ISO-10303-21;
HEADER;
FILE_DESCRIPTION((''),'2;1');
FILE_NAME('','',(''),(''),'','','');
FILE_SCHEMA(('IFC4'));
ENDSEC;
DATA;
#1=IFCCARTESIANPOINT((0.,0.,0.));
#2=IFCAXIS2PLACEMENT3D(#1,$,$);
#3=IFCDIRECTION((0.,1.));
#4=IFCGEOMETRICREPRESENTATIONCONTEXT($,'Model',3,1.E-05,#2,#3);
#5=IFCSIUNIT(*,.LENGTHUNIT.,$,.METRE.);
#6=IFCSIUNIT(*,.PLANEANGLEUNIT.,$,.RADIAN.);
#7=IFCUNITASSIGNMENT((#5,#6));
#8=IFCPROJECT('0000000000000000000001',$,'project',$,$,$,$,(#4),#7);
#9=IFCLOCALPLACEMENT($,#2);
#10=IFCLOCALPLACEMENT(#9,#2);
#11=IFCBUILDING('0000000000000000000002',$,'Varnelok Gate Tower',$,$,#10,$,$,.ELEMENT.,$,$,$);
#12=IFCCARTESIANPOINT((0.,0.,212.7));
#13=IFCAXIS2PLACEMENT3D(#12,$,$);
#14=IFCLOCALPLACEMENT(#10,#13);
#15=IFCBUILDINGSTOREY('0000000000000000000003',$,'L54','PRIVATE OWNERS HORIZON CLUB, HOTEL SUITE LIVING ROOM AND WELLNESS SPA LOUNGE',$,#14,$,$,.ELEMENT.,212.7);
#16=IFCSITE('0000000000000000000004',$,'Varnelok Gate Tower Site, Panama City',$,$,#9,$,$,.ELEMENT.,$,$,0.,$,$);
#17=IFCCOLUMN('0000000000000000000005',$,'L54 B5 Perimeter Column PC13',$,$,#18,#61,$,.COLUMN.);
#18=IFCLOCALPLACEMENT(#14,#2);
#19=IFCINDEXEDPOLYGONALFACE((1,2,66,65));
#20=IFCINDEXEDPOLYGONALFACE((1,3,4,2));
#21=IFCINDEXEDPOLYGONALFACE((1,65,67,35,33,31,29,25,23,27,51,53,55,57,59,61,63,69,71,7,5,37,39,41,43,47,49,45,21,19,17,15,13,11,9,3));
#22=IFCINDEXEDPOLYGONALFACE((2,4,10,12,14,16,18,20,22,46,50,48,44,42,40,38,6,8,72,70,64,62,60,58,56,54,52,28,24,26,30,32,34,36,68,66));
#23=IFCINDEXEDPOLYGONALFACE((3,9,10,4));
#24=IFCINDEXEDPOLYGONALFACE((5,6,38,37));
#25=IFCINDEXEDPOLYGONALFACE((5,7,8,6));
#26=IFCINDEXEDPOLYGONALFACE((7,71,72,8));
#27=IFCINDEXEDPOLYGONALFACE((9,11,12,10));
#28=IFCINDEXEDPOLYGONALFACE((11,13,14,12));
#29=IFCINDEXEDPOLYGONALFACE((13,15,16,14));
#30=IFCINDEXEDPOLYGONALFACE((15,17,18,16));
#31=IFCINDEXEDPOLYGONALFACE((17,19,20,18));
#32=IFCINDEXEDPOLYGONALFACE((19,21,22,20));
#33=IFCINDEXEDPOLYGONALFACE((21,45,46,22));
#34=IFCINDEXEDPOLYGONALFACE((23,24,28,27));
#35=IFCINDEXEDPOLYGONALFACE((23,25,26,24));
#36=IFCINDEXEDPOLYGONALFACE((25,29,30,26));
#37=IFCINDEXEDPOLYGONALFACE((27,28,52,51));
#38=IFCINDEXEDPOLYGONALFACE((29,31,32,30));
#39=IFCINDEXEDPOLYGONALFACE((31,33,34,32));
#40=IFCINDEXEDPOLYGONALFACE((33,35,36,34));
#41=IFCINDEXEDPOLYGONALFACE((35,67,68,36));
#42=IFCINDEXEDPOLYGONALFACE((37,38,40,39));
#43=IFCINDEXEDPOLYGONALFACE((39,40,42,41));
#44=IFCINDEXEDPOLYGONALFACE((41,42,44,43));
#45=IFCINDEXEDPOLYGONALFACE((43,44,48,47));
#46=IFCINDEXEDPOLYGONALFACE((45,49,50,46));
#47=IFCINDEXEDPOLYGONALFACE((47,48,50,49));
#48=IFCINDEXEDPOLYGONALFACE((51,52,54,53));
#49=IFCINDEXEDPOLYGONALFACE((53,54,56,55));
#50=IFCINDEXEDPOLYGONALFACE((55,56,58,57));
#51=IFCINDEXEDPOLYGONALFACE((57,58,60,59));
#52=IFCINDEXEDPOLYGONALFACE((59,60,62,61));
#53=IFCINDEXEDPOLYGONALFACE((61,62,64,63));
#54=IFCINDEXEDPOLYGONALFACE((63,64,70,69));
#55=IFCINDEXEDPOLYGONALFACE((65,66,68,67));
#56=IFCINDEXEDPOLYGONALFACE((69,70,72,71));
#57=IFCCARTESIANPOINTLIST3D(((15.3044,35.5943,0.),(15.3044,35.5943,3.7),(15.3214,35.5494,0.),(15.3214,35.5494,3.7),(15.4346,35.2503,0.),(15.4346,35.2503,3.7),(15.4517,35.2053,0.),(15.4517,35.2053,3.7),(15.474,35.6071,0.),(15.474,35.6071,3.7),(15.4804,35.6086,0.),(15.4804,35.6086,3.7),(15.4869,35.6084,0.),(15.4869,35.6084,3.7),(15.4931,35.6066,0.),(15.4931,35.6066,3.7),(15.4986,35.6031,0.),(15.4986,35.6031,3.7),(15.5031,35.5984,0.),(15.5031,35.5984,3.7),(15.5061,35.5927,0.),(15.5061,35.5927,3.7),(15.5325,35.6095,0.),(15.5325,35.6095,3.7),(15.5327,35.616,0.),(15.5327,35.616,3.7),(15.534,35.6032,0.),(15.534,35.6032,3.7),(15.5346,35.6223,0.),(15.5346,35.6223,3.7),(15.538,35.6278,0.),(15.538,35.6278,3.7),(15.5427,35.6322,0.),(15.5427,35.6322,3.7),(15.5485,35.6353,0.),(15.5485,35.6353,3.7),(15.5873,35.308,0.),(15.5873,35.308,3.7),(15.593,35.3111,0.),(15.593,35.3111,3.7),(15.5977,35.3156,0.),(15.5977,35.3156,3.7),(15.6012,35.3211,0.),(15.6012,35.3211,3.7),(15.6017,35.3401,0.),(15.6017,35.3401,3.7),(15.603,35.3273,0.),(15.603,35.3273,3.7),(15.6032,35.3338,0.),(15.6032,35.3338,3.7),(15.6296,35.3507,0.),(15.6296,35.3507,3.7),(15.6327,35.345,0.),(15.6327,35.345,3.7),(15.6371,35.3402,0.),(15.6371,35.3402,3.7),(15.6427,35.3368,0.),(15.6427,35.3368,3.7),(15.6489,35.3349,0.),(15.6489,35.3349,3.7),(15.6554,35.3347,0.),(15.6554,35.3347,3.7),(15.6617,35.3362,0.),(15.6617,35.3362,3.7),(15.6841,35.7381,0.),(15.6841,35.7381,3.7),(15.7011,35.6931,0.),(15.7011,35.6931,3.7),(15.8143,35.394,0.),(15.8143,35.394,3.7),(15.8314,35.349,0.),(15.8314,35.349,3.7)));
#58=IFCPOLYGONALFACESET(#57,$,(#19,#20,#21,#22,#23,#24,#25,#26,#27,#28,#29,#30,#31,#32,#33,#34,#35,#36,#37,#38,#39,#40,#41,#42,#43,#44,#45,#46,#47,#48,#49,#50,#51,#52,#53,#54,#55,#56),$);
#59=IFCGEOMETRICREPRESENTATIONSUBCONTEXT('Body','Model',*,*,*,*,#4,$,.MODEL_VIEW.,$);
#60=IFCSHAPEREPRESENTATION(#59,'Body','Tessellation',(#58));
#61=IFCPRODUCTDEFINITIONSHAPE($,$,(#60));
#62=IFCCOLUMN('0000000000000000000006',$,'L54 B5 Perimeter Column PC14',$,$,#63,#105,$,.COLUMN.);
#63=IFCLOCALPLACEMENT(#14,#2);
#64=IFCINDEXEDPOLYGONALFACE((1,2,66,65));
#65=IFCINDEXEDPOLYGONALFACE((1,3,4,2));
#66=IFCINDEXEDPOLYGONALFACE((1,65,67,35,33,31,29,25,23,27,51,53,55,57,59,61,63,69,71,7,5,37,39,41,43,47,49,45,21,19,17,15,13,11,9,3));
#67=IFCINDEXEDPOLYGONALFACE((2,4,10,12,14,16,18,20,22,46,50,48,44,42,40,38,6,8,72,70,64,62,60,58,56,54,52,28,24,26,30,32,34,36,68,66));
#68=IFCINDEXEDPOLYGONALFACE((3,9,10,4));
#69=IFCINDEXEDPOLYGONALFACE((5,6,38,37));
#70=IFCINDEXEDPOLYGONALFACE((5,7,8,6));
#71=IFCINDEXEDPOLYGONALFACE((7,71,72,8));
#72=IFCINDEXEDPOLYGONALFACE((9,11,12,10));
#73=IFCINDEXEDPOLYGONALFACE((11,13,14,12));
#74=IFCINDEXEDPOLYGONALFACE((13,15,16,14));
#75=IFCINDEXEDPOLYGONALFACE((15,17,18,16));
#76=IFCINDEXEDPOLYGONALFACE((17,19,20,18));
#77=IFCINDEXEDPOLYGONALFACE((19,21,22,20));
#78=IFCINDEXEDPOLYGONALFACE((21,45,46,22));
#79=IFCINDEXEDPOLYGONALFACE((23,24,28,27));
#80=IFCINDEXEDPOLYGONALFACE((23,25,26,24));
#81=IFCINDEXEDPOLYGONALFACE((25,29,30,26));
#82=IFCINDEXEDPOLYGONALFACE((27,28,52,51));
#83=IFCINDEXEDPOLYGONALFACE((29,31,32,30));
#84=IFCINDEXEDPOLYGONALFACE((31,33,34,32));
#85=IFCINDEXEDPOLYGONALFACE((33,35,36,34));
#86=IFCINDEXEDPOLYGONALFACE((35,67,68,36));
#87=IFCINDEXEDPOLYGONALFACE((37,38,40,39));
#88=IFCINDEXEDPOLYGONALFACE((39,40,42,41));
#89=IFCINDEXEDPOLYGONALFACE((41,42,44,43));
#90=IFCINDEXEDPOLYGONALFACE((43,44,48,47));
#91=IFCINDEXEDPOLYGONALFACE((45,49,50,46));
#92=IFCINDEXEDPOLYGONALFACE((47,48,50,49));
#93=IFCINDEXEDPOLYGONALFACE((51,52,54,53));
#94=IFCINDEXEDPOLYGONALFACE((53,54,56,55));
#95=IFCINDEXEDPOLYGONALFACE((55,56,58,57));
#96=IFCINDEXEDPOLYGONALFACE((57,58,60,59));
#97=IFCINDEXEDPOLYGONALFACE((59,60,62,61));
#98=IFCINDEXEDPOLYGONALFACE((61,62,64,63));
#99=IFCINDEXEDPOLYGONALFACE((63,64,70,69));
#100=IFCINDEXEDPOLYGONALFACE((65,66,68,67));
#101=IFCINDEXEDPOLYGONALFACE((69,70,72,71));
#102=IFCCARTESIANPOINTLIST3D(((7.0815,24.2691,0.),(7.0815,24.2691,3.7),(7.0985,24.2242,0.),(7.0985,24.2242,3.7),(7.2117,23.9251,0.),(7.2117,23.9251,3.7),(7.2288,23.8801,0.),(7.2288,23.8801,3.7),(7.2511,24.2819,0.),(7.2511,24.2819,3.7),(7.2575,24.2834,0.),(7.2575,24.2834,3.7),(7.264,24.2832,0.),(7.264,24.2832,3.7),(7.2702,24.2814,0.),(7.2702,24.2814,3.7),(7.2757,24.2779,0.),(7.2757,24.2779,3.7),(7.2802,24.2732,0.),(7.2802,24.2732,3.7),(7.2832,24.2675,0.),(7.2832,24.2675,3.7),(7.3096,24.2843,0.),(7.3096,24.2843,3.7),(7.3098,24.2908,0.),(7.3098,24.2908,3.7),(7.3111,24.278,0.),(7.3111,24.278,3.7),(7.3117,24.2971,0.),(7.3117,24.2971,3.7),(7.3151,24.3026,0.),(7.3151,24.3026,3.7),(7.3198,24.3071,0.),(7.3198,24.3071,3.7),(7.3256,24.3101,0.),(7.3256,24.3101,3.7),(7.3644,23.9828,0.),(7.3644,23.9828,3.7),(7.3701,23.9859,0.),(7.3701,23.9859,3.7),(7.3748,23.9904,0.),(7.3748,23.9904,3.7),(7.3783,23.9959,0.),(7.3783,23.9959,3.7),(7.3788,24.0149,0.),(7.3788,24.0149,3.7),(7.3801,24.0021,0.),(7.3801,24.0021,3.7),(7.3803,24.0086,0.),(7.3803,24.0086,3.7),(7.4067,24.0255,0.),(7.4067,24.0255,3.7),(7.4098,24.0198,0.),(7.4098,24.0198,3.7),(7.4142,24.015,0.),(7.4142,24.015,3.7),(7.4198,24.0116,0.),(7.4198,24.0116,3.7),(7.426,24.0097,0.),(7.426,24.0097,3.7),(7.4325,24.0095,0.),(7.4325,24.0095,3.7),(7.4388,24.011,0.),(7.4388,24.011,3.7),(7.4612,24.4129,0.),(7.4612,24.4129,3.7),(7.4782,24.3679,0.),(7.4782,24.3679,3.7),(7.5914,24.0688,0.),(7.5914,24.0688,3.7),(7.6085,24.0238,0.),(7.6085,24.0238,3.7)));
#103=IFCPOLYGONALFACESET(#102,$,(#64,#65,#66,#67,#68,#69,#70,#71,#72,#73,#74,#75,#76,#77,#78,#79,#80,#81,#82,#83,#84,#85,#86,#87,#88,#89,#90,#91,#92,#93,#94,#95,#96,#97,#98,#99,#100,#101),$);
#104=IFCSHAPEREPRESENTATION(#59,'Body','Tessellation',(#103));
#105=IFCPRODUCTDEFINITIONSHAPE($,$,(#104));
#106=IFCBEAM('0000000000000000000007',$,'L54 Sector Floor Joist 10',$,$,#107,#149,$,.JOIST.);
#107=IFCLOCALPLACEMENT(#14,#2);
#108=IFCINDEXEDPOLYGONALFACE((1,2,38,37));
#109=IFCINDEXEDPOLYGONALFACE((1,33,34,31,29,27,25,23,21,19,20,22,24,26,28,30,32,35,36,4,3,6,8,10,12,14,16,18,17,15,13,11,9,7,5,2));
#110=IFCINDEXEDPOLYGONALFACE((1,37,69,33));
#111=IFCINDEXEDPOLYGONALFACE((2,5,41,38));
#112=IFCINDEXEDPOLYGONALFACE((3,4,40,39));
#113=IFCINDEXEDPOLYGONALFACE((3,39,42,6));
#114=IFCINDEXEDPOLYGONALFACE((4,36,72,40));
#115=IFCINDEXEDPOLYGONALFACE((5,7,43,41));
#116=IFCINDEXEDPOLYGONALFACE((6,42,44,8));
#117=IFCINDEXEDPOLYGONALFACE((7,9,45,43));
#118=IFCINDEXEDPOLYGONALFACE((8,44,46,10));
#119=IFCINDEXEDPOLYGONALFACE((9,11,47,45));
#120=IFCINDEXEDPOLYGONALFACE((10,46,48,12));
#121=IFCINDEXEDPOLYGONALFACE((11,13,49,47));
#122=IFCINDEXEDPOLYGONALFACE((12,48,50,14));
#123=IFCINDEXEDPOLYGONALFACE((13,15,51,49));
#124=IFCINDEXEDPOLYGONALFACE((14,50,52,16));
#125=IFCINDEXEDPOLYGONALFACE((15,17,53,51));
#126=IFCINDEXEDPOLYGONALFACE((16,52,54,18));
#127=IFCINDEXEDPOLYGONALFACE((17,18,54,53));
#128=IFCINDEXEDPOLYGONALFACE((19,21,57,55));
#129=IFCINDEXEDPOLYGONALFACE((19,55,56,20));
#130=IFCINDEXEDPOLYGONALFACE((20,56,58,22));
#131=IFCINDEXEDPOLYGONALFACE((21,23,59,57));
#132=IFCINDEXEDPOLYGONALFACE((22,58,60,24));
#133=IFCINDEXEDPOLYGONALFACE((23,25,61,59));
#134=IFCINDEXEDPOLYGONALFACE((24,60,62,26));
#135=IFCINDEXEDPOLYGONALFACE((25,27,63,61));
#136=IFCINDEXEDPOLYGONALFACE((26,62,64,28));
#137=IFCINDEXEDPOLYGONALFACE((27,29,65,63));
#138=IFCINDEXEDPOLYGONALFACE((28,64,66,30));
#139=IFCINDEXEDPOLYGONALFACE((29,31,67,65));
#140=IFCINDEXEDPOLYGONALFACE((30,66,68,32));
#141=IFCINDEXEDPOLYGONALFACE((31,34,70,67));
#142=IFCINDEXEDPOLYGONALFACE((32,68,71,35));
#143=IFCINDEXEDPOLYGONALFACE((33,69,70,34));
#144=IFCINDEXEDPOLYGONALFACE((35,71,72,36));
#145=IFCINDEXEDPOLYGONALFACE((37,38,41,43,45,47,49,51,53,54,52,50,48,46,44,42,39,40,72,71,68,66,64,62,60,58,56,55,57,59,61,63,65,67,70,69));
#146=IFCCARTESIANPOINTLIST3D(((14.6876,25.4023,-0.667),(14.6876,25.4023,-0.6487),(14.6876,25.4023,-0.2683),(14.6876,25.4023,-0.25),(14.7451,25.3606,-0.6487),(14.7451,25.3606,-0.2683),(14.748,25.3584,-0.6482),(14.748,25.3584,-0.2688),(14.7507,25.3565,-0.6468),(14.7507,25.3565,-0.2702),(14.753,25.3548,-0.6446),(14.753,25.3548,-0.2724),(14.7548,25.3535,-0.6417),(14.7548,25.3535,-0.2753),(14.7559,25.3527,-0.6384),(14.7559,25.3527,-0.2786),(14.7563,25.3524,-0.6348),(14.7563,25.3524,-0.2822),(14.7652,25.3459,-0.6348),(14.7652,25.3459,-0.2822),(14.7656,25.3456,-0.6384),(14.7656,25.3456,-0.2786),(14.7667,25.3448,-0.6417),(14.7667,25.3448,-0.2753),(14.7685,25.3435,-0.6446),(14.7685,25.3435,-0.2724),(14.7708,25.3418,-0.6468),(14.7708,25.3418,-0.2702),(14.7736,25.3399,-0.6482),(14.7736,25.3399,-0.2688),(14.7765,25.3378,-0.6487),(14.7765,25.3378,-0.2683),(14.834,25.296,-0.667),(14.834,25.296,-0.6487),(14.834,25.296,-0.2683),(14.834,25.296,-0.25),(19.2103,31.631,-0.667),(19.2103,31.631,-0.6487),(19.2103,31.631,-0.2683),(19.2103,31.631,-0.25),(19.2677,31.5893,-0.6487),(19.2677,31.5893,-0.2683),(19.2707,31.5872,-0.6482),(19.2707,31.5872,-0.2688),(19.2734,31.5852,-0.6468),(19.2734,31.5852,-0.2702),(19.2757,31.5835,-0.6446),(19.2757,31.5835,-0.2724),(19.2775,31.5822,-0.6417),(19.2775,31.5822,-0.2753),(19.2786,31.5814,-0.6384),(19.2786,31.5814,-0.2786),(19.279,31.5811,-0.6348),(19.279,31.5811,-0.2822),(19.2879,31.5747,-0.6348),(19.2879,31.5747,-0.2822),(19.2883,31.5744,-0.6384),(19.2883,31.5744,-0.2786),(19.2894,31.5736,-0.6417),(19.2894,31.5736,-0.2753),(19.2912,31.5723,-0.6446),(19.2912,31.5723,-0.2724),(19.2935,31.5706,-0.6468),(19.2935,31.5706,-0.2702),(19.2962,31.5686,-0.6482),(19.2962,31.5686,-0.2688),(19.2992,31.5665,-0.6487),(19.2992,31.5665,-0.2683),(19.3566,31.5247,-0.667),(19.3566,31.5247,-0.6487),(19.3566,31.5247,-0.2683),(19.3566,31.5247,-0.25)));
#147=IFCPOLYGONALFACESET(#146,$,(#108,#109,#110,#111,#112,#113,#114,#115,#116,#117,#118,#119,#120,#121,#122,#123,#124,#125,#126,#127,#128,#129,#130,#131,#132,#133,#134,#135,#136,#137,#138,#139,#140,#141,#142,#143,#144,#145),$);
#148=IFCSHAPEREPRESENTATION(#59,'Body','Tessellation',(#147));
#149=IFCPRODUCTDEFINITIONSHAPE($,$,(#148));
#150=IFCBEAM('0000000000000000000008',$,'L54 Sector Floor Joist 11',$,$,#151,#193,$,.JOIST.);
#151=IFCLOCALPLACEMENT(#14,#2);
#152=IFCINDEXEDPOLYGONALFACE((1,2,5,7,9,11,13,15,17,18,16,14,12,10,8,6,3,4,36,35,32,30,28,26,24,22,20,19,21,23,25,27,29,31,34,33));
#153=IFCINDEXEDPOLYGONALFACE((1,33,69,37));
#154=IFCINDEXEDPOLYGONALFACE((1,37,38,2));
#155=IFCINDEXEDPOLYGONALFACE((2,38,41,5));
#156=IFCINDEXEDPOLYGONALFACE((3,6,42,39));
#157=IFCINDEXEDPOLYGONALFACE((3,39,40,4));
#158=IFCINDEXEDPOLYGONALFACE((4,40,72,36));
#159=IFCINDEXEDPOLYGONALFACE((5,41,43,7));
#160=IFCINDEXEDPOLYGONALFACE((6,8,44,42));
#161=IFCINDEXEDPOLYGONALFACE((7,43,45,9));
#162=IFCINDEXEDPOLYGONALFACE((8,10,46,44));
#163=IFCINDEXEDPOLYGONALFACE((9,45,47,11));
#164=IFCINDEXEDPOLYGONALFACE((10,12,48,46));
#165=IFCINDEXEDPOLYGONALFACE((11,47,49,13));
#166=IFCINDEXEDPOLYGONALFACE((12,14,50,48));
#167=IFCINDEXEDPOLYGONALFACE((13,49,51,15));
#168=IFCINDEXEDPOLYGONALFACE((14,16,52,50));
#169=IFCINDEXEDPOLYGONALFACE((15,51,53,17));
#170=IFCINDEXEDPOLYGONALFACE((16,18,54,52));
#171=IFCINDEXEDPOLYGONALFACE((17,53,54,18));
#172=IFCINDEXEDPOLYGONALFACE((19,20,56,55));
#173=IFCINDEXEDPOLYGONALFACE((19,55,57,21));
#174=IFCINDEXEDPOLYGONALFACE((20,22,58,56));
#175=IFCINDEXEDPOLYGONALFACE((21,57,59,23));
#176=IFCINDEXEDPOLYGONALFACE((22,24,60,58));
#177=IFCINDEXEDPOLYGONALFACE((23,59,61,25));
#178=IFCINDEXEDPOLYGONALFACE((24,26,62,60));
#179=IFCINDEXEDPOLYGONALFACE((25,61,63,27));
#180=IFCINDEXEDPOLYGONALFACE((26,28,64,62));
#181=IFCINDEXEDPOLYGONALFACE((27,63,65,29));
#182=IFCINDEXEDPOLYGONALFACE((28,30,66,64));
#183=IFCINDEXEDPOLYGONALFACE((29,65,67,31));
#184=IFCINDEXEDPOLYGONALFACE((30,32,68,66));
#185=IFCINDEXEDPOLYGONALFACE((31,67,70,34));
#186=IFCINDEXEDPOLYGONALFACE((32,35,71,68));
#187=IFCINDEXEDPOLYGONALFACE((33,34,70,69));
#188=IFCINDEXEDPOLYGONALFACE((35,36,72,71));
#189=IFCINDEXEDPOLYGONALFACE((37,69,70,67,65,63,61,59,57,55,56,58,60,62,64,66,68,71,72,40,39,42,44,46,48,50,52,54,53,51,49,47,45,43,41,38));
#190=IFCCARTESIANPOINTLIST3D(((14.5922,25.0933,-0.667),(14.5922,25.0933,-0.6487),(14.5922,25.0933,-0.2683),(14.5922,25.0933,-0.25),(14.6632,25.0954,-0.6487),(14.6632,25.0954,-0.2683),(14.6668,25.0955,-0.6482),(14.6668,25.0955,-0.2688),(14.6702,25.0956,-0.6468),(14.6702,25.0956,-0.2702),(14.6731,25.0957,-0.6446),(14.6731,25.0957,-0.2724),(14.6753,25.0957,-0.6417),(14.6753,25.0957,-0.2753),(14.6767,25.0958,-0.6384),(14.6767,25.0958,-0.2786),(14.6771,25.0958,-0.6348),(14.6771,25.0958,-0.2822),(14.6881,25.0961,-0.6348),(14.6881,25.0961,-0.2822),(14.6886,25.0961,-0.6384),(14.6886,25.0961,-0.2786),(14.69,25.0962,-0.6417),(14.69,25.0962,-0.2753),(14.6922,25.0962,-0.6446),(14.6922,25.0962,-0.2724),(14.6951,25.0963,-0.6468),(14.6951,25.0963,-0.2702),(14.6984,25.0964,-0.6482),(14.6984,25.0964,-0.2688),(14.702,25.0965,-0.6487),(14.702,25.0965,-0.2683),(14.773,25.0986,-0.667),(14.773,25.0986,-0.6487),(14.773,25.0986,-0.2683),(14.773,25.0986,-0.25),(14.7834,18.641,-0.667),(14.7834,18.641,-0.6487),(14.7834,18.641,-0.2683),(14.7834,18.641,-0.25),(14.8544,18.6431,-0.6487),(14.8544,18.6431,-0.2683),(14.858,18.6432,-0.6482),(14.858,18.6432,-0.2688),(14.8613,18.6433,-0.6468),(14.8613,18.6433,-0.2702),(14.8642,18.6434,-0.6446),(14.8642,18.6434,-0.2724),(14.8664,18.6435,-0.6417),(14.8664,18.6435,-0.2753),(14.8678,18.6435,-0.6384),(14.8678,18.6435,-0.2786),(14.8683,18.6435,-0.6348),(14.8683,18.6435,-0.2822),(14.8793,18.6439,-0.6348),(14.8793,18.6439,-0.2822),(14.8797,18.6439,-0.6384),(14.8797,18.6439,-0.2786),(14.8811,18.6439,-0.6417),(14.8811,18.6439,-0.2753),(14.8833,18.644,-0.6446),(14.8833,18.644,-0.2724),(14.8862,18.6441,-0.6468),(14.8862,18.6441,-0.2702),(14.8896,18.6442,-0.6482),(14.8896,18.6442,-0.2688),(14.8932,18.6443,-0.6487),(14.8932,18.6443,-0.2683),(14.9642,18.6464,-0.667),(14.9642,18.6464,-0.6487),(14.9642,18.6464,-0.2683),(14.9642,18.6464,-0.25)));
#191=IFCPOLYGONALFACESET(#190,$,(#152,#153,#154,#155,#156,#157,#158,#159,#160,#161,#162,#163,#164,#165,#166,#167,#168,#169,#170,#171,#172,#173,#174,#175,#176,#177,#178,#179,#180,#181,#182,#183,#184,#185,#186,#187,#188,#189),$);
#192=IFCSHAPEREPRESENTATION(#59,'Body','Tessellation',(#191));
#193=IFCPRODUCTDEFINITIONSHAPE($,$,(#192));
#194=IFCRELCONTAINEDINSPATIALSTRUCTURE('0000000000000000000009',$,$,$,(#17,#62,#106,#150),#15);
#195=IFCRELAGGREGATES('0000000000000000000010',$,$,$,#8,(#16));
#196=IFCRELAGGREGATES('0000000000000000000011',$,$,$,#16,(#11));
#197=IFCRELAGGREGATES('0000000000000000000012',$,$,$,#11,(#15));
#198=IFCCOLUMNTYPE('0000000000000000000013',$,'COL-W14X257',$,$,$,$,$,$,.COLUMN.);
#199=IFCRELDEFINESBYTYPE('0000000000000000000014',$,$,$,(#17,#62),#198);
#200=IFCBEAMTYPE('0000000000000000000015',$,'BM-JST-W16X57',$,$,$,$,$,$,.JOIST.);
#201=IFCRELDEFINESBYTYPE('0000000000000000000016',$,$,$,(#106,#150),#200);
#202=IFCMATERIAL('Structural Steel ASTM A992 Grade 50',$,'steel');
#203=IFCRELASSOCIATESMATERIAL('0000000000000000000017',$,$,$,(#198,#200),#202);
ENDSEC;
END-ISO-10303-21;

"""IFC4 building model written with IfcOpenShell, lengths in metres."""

from ifc_helpers import new_model, si_unit, direction, frame, origin, origin_2d, place, context, subcontext, project, spatial, i_section, extrude, material, material_profile, profile_set, type_object, element, save


model = new_model("IFC4")

# Units and contexts
model_context = context("Model", 3, precision=1e-05, world=origin(), true_north=direction((0.0, 1.0)))
body_context = subcontext(model_context, "Body", "Model", "MODEL_VIEW")
ifc_project = project(units=[si_unit("LENGTHUNIT", "METRE"), si_unit("PLANEANGLEUNIT", "RADIAN")], contexts=[model_context])

# Site, building, storey
site_placement = place(None, origin())
site = spatial("IfcSite", under=ifc_project, at=site_placement, Name="Varnelok Gate Tower Site, Panama City", CompositionType="ELEMENT", RefElevation=0.0)
building_placement = place(site_placement, origin())
building = spatial("IfcBuilding", under=site, at=building_placement, Name="Varnelok Gate Tower", CompositionType="ELEMENT")
storey_placement = place(building_placement, frame((0.0, 0.0, 212.7)))
storey = spatial("IfcBuildingStorey", under=building, at=storey_placement, Name="L54", Description="PRIVATE OWNERS HORIZON CLUB, HOTEL SUITE LIVING ROOM AND WELLNESS SPA LOUNGE", CompositionType="ELEMENT", Elevation=212.7)

# Columns
ifc_material_1 = material(Name="Structural Steel ASTM A992 Grade 50", Category="steel")
ifc_material_profile_1 = material_profile(ifc_material_1, i_section(OverallWidth=0.406, OverallDepth=0.416, WebThickness=0.0298, FlangeThickness=0.0481, FilletRadius=0.0249, at=origin_2d()), Name="W14X257")
ifc_profile_set_1 = profile_set([ifc_material_profile_1], Name="Structural Steel ASTM A992 Grade 50")
column_type = type_object("IfcColumnType", Name="COL-W14X257", PredefinedType="COLUMN", material=ifc_profile_set_1)
for number, where, z_axis, x_axis, name in (
    (1, (15.5679, 35.4717, 0.0), (0.0, 0.0, 1.0), (0.935222, 0.354063, 0.0), "L54 B5 Perimeter Column PC13"),
    (2, (7.345, 24.1465, 0.0), (0.0, 0.0, 1.0), (0.935222, 0.354063, 0.0), "L54 B5 Perimeter Column PC14"),
):
    element("IfcColumn", number, at=place(storey_placement, frame(where, z_axis=z_axis, x_axis=x_axis)), inside=storey, type_object=column_type, Name=name, PredefinedType="COLUMN", context=body_context, shape_type="SweptSolid", body=[
        extrude(i_section(OverallWidth=0.406, OverallDepth=0.416, WebThickness=0.0298, FlangeThickness=0.0481, FilletRadius=0.0249, at=origin_2d()), origin(), (0.0, 0.0, 1.0), 3.7),
    ])

# Beams
ifc_material_profile_2 = material_profile(ifc_material_1, i_section(OverallWidth=0.1809, OverallDepth=0.417, WebThickness=0.011, FlangeThickness=0.0183, FilletRadius=0.0139, at=origin_2d()), Name="W16X57")
ifc_profile_set_2 = profile_set([ifc_material_profile_2], Name="Structural Steel ASTM A992 Grade 50")
beam_type_1 = type_object("IfcBeamType", Name="BM-JST-W16X57", PredefinedType="JOIST", material=ifc_profile_set_2)
beam_1_placement = place(storey_placement, frame((19.2834, 31.5779, -0.4585), z_axis=(-0.587551, -0.809187, 0.0), x_axis=(0.809187, -0.587551, 0.0)))
element("IfcBeam", 3, at=beam_1_placement, inside=storey, type_object=beam_type_1, Name="L54 Sector Floor Joist 10", PredefinedType="JOIST", context=body_context, shape_type="SweptSolid", body=[
    extrude(i_section(OverallWidth=0.1809, OverallDepth=0.417, WebThickness=0.011, FlangeThickness=0.0183, FilletRadius=0.0139, at=origin_2d()), origin(), (0.0, 0.0, 1.0), 7.6975),
])
beam_2_placement = place(storey_placement, frame((14.6826, 25.0959, -0.4585), z_axis=(0.029615, -0.999561, 0.0), x_axis=(0.999561, 0.029615, 0.0)))
element("IfcBeam", 4, at=beam_2_placement, inside=storey, type_object=beam_type_1, Name="L54 Sector Floor Joist 11", PredefinedType="JOIST", context=body_context, shape_type="SweptSolid", body=[
    extrude(i_section(OverallWidth=0.1809, OverallDepth=0.417, WebThickness=0.011, FlangeThickness=0.0183, FilletRadius=0.0139, at=origin_2d()), origin(), (0.0, 0.0, 1.0), 6.4551),
])

save(model, "model.ifc")
